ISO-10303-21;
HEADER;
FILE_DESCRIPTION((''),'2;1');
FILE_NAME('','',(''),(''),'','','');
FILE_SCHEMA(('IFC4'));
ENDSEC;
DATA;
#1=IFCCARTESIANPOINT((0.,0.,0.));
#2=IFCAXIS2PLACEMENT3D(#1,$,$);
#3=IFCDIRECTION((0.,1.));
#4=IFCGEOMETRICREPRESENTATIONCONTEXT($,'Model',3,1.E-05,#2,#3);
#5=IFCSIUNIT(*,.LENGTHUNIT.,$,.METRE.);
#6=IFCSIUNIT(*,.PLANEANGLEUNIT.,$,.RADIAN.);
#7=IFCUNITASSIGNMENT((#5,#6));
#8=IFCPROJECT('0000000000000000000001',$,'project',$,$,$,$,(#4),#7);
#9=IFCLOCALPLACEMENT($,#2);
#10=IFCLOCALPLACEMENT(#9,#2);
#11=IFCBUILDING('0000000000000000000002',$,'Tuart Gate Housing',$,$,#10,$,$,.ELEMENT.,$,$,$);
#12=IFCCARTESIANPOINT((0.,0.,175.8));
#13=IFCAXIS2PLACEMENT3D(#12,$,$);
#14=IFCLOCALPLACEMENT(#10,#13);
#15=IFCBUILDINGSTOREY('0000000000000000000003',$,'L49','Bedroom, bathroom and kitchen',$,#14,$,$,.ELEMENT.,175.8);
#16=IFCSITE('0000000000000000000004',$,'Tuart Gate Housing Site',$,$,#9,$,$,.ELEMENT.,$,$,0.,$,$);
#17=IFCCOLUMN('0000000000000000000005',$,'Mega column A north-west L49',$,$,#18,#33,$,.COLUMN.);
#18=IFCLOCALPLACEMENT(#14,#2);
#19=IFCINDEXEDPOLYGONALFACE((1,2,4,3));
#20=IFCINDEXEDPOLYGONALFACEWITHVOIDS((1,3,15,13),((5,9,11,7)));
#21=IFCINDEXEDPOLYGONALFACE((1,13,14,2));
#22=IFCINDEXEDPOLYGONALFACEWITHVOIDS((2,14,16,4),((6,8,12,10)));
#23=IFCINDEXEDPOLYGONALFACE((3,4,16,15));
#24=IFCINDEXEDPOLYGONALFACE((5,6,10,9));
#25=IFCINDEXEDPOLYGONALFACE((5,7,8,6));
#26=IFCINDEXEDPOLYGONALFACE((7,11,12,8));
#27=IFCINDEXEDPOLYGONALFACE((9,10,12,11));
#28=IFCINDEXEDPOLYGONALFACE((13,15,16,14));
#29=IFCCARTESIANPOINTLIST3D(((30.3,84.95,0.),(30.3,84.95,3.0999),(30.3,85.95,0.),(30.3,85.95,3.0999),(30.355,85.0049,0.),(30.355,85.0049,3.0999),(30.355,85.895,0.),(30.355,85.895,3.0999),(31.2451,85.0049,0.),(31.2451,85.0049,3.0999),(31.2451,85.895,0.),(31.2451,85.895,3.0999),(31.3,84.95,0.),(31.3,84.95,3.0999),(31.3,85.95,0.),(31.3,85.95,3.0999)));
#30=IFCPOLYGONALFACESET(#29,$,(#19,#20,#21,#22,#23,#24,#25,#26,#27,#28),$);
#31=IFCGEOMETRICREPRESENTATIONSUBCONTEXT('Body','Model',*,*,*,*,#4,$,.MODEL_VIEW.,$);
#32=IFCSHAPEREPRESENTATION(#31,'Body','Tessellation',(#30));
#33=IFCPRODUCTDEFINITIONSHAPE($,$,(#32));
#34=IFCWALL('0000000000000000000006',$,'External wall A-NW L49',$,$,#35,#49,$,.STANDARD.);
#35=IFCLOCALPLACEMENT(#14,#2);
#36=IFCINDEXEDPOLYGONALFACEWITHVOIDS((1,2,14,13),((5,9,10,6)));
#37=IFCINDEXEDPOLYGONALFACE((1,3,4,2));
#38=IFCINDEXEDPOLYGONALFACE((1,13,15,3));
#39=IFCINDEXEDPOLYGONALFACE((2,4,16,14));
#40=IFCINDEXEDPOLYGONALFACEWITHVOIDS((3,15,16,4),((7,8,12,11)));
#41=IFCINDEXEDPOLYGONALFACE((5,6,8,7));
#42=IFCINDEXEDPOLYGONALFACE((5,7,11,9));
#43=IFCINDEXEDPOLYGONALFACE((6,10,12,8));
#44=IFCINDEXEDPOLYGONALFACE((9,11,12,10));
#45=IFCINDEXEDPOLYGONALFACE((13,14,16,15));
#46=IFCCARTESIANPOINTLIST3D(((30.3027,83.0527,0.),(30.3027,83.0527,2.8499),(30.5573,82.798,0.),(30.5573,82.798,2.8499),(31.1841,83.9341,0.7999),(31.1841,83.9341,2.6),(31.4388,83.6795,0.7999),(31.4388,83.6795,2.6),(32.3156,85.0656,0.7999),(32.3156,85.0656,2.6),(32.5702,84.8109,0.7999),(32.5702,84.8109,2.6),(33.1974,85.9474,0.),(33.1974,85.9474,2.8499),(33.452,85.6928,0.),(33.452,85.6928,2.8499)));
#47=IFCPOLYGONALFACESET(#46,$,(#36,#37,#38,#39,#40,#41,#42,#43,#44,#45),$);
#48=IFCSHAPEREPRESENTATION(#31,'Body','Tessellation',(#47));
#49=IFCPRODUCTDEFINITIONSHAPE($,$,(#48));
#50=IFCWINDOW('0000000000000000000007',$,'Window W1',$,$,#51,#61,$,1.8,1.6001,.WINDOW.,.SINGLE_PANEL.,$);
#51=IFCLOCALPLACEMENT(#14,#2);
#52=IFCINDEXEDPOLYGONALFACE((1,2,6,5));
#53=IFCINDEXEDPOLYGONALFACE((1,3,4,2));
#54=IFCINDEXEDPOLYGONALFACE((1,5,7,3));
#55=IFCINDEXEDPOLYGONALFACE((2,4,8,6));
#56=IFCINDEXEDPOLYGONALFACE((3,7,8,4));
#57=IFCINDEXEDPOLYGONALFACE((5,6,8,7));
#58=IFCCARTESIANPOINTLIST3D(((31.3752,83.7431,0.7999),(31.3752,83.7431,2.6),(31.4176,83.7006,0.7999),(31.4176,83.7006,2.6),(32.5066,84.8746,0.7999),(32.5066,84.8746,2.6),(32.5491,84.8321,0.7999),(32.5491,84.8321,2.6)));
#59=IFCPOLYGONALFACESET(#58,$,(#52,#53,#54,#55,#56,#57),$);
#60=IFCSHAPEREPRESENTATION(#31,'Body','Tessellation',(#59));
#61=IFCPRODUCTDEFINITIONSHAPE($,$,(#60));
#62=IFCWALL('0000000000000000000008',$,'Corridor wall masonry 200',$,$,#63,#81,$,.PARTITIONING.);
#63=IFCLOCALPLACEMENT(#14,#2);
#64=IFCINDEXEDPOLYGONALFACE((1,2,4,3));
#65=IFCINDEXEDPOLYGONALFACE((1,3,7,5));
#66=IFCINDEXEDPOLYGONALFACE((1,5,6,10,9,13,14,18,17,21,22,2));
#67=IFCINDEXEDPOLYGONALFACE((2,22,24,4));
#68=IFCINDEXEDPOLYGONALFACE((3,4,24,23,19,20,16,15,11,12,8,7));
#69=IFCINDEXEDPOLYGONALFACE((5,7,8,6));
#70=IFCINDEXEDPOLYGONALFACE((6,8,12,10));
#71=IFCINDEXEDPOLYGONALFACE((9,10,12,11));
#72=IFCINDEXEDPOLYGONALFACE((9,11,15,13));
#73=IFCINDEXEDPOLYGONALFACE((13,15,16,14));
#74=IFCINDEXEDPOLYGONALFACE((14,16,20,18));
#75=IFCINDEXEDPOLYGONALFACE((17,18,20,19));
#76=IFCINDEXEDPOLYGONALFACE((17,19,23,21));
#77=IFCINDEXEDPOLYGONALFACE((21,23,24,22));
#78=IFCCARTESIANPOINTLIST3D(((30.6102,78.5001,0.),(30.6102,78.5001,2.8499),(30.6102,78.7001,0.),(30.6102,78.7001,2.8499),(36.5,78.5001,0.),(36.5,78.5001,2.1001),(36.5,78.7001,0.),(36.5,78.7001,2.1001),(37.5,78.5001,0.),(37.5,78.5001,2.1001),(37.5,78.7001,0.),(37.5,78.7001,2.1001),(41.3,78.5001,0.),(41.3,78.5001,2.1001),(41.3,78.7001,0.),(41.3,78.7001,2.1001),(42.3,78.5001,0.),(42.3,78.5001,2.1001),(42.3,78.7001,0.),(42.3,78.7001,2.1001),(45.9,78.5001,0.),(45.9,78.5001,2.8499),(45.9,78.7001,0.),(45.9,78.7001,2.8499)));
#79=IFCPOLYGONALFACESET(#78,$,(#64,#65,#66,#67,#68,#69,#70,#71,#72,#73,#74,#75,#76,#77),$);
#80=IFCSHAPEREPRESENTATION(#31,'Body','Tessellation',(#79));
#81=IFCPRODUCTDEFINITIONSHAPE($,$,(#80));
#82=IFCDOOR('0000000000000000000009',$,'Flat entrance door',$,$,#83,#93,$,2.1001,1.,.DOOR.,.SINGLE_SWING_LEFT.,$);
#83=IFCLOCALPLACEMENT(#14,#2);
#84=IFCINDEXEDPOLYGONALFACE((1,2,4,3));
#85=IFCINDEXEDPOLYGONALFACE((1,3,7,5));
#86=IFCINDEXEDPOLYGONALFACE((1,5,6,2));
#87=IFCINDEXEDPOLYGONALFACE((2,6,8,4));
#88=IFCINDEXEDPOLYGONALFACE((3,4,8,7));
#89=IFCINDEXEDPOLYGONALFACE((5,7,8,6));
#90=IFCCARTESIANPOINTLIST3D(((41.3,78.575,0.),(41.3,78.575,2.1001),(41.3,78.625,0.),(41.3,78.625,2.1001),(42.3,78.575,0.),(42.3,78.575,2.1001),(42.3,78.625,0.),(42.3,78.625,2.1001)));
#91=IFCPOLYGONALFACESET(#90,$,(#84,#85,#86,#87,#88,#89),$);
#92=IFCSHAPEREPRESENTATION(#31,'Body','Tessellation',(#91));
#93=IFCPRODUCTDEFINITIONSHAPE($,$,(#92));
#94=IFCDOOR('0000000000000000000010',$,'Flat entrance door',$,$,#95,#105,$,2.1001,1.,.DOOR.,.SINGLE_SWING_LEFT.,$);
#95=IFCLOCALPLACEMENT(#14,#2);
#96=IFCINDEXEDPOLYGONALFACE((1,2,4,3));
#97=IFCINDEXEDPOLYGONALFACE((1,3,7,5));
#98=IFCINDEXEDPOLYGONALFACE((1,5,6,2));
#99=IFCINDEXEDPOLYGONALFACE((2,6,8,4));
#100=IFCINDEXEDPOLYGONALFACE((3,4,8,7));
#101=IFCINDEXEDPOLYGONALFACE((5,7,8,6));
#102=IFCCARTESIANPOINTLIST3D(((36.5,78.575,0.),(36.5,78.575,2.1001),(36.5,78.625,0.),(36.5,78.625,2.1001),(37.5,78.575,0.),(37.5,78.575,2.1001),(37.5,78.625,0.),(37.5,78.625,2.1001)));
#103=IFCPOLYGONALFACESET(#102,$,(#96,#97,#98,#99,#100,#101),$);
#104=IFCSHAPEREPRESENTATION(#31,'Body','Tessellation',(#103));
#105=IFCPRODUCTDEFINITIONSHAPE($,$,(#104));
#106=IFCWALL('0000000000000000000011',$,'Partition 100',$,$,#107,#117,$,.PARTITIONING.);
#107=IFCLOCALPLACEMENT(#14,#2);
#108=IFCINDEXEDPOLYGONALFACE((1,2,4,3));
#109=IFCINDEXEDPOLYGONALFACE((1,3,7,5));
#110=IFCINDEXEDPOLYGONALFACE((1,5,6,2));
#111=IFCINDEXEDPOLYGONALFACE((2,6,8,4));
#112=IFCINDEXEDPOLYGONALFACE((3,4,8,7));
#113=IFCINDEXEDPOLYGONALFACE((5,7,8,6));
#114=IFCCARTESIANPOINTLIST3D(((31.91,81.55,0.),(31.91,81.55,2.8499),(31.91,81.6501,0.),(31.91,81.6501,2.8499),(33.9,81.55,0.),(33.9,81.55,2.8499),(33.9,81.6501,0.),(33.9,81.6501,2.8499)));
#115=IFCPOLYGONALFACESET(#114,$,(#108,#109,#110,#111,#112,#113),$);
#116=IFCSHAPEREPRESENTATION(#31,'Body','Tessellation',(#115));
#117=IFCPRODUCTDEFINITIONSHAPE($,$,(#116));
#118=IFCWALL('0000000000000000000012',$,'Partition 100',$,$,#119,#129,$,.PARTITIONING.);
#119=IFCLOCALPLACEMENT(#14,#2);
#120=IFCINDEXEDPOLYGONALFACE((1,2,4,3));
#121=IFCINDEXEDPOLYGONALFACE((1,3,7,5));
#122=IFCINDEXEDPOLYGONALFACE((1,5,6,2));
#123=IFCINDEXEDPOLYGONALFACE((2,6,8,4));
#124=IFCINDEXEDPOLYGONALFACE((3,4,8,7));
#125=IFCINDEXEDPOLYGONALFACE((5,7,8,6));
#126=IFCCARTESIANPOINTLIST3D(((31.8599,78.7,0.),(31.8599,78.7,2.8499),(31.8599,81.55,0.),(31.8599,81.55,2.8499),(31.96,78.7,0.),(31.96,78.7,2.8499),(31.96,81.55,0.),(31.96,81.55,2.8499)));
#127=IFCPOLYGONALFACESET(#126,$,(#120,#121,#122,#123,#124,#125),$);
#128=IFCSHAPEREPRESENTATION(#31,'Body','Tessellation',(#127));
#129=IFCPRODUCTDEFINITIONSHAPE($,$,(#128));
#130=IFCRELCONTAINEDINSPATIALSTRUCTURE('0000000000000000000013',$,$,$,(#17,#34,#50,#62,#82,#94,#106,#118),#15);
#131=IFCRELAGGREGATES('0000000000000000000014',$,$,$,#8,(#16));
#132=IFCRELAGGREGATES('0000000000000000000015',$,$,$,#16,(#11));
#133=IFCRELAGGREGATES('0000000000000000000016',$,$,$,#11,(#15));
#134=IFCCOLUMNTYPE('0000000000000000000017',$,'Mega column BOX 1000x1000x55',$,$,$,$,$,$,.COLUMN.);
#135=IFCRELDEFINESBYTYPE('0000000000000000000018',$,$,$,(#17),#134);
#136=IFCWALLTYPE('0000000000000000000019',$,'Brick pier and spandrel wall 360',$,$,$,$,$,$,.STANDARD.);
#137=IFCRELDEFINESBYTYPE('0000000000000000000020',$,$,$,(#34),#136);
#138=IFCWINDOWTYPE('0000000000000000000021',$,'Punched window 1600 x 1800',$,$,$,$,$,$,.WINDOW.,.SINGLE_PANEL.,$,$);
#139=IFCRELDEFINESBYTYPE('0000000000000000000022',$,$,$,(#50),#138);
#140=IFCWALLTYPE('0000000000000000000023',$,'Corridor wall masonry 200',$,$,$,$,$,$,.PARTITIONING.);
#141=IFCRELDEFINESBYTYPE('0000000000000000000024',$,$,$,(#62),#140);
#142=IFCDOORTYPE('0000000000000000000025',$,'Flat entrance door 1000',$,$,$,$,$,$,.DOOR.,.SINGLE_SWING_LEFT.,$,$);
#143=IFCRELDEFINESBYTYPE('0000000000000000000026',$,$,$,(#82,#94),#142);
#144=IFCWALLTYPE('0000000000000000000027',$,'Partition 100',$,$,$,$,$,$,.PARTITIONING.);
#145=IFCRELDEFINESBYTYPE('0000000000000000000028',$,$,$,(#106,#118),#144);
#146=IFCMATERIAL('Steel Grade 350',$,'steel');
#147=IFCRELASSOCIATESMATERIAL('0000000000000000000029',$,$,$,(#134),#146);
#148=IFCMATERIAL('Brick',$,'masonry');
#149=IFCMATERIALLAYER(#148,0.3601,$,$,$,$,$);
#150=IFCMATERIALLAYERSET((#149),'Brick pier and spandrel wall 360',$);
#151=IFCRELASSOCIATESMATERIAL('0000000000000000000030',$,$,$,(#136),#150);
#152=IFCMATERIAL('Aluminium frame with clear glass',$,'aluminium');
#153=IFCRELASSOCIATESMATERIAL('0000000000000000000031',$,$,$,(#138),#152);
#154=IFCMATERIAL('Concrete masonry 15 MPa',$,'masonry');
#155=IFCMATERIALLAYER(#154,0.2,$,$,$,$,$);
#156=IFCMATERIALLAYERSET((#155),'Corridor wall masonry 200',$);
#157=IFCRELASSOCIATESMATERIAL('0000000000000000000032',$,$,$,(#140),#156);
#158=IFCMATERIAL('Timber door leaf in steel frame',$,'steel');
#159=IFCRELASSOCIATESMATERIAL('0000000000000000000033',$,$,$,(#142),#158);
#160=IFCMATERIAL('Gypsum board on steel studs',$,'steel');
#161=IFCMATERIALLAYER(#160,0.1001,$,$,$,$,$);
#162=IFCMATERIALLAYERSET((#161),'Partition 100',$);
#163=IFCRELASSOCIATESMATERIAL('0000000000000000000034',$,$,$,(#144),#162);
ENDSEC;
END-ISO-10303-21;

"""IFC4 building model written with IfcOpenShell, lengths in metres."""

from ifc_helpers import new_model, si_unit, direction, frame, frame_2d, origin, origin_2d, place, context, subcontext, project, spatial, rectangle, hollow_rectangle, extrude, material, layer, layer_set, material_profile, profile_set, type_object, element, fill, save


model = new_model("IFC4")

# Units and contexts
model_context = context("Model", 3, precision=1e-05, world=origin(), true_north=direction((0.0, 1.0)))
body_context = subcontext(model_context, "Body", "Model", "MODEL_VIEW")
ifc_project = project(units=[si_unit("LENGTHUNIT", "METRE"), si_unit("PLANEANGLEUNIT", "RADIAN")], contexts=[model_context])

# Site, building, storey
site_placement = place(None, origin())
site = spatial("IfcSite", under=ifc_project, at=site_placement, Name="Tuart Gate Housing Site", CompositionType="ELEMENT", RefElevation=0.0)
building_placement = place(site_placement, origin())
building = spatial("IfcBuilding", under=site, at=building_placement, Name="Tuart Gate Housing", CompositionType="ELEMENT")
storey_placement = place(building_placement, frame((0.0, 0.0, 175.8)))
storey = spatial("IfcBuildingStorey", under=building, at=storey_placement, Name="L49", Description="Bedroom, bathroom and kitchen", CompositionType="ELEMENT", Elevation=175.8)

# Column
ifc_material_1 = material(Name="Steel Grade 350", Category="steel")
ifc_material_profile = material_profile(ifc_material_1, hollow_rectangle(XDim=1.0, YDim=1.0, WallThickness=0.0549, at=origin_2d()), Name="BOX 1000x1000x55")
ifc_profile_set = profile_set([ifc_material_profile], Name="Steel Grade 350")
column_type = type_object("IfcColumnType", Name="Mega column BOX 1000x1000x55", PredefinedType="COLUMN", material=ifc_profile_set)
column_placement = place(storey_placement, frame((30.8, 85.45, 0.0), z_axis=(0.0, 0.0, 1.0), x_axis=(1.0, 0.0, 0.0)))
element("IfcColumn", 1, at=column_placement, inside=storey, type_object=column_type, Name="Mega column A north-west L49", PredefinedType="COLUMN", context=body_context, shape_type="SweptSolid", body=[
    extrude(hollow_rectangle(XDim=1.0, YDim=1.0, WallThickness=0.0549, at=origin_2d()), origin(), (0.0, 0.0, 1.0), 3.0999),
])

# Wall, opening, window
ifc_material_2 = material(Name="Brick", Category="masonry")
ifc_layer_1 = layer(ifc_material_2, 0.3601)
ifc_layer_set_1 = layer_set([ifc_layer_1], Name="Brick pier and spandrel wall 360")
wall_type_1 = type_object("IfcWallType", Name="Brick pier and spandrel wall 360", PredefinedType="STANDARD", material=ifc_layer_set_1)
wall_1_placement = place(storey_placement, frame((33.3247, 85.8201, 0.0), z_axis=(0.0, 0.0, 1.0), x_axis=(-0.707107, -0.707107, 0.0)))
wall_1 = element("IfcWall", 2, at=wall_1_placement, inside=storey, type_object=wall_type_1, Name="External wall A-NW L49", PredefinedType="STANDARD", context=body_context, shape_type="SweptSolid", body=[
    extrude(rectangle(XDim=4.0938, YDim=0.3601, at=frame_2d((2.0469, 0.0))), origin(), (0.0, 0.0, 1.0), 2.8499),
])
opening_1_placement = place(wall_1_placement, frame((1.2471, 0.0, 0.8)))
opening_1 = element("IfcOpeningElement", 3, at=opening_1_placement, cuts=wall_1, PredefinedType="OPENING", context=body_context, shape_type="SweptSolid", body=[
    extrude(rectangle(XDim=1.6001, YDim=1.8, at=frame_2d((0.8, 0.8999))), frame((0.0, 0.1899, 0.0), z_axis=(0.0, -1.0, 0.0), x_axis=(1.0, 0.0, 0.0)), (0.0, 0.0, 1.0), 0.3801),
])
ifc_material_3 = material(Name="Aluminium frame with clear glass", Category="aluminium")
window_type_1 = type_object("IfcWindowType", Name="Punched window 1600 x 1800", PartitioningType="SINGLE_PANEL", PredefinedType="WINDOW", material=ifc_material_3)
window_1_placement = place(opening_1_placement, origin())
window_1 = element("IfcWindow", 4, at=window_1_placement, inside=storey, type_object=window_type_1, Name="Window W1", OverallHeight=1.8, OverallWidth=1.6001, PartitioningType="SINGLE_PANEL", PredefinedType="WINDOW", context=body_context, shape_type="SweptSolid", body=[
    extrude(rectangle(XDim=1.6001, YDim=1.8, at=frame_2d((0.8, 0.8999))), frame((0.0, 0.1501, 0.0), z_axis=(0.0, -1.0, 0.0), x_axis=(1.0, 0.0, 0.0)), (0.0, 0.0, 1.0), 0.0601),
])
fill(opening_1, window_1)

# Wall, openings, doors
ifc_material_4 = material(Name="Concrete masonry 15 MPa", Category="masonry")
ifc_layer_2 = layer(ifc_material_4, 0.2)
ifc_layer_set_2 = layer_set([ifc_layer_2], Name="Corridor wall masonry 200")
wall_type_2 = type_object("IfcWallType", Name="Corridor wall masonry 200", PredefinedType="PARTITIONING", material=ifc_layer_set_2)
wall_2_placement = place(storey_placement, frame((30.6101, 78.6001, 0.0), z_axis=(0.0, 0.0, 1.0), x_axis=(1.0, 0.0, 0.0)))
wall_2 = element("IfcWall", 5, at=wall_2_placement, inside=storey, type_object=wall_type_2, Name="Corridor wall masonry 200", PredefinedType="PARTITIONING", context=body_context, shape_type="SweptSolid", body=[
    extrude(rectangle(XDim=15.2898, YDim=0.2, at=frame_2d((7.645, 0.0))), origin(), (0.0, 0.0, 1.0), 2.8499),
])
opening_2_placement = place(wall_2_placement, frame((10.6899, 0.0, 0.0)))
opening_2 = element("IfcOpeningElement", 6, at=opening_2_placement, cuts=wall_2, PredefinedType="OPENING", context=body_context, shape_type="SweptSolid", body=[
    extrude(rectangle(XDim=1.0, YDim=2.1001, at=frame_2d((0.5, 1.05))), frame((0.0, 0.1099, 0.0), z_axis=(0.0, -1.0, 0.0), x_axis=(1.0, 0.0, 0.0)), (0.0, 0.0, 1.0), 0.22),
])
opening_3_placement = place(wall_2_placement, frame((5.8899, 0.0, 0.0)))
opening_3 = element("IfcOpeningElement", 7, at=opening_3_placement, cuts=wall_2, PredefinedType="OPENING", context=body_context, shape_type="SweptSolid", body=[
    extrude(rectangle(XDim=1.0, YDim=2.1001, at=frame_2d((0.5, 1.05))), frame((0.0, 0.1099, 0.0), z_axis=(0.0, -1.0, 0.0), x_axis=(1.0, 0.0, 0.0)), (0.0, 0.0, 1.0), 0.22),
])
ifc_material_5 = material(Name="Timber door leaf in steel frame", Category="steel")
door_type = type_object("IfcDoorType", Name="Flat entrance door 1000", OperationType="SINGLE_SWING_LEFT", PredefinedType="DOOR", material=ifc_material_5)
door_1_placement = place(opening_2_placement, origin())
door_1 = element("IfcDoor", 8, at=door_1_placement, inside=storey, type_object=door_type, Name="Flat entrance door", OperationType="SINGLE_SWING_LEFT", OverallHeight=2.1001, OverallWidth=1.0, PredefinedType="DOOR", context=body_context, shape_type="SweptSolid", body=[
    extrude(rectangle(XDim=1.0, YDim=2.1001, at=frame_2d((0.5, 1.05))), frame((0.0, 0.0249, 0.0), z_axis=(0.0, -1.0, 0.0), x_axis=(1.0, 0.0, 0.0)), (0.0, 0.0, 1.0), 0.05),
])
fill(opening_2, door_1)
door_2_placement = place(opening_3_placement, origin())
door_2 = element("IfcDoor", 9, at=door_2_placement, inside=storey, type_object=door_type, Name="Flat entrance door", OperationType="SINGLE_SWING_LEFT", OverallHeight=2.1001, OverallWidth=1.0, PredefinedType="DOOR", context=body_context, shape_type="SweptSolid", body=[
    extrude(rectangle(XDim=1.0, YDim=2.1001, at=frame_2d((0.5, 1.05))), frame((0.0, 0.0249, 0.0), z_axis=(0.0, -1.0, 0.0), x_axis=(1.0, 0.0, 0.0)), (0.0, 0.0, 1.0), 0.05),
])
fill(opening_3, door_2)

# Walls
ifc_material_6 = material(Name="Gypsum board on steel studs", Category="steel")
ifc_layer_3 = layer(ifc_material_6, 0.1001)
ifc_layer_set_3 = layer_set([ifc_layer_3], Name="Partition 100")
wall_type_3 = type_object("IfcWallType", Name="Partition 100", PredefinedType="PARTITIONING", material=ifc_layer_set_3)
wall_3_placement = place(storey_placement, frame((31.9099, 81.6001, 0.0), z_axis=(0.0, 0.0, 1.0), x_axis=(1.0, 0.0, 0.0)))
element("IfcWall", 10, at=wall_3_placement, inside=storey, type_object=wall_type_3, Name="Partition 100", PredefinedType="PARTITIONING", context=body_context, shape_type="SweptSolid", body=[
    extrude(rectangle(XDim=1.99, YDim=0.1001, at=frame_2d((0.9951, 0.0))), origin(), (0.0, 0.0, 1.0), 2.8499),
])
wall_4_placement = place(storey_placement, frame((31.9099, 78.7, 0.0), z_axis=(0.0, 0.0, 1.0), x_axis=(0.0, 1.0, 0.0)))
element("IfcWall", 11, at=wall_4_placement, inside=storey, type_object=wall_type_3, Name="Partition 100", PredefinedType="PARTITIONING", context=body_context, shape_type="SweptSolid", body=[
    extrude(rectangle(XDim=2.8501, YDim=0.1001, at=frame_2d((1.425, 0.0))), origin(), (0.0, 0.0, 1.0), 2.8499),
])

save(model, "model.ifc")
